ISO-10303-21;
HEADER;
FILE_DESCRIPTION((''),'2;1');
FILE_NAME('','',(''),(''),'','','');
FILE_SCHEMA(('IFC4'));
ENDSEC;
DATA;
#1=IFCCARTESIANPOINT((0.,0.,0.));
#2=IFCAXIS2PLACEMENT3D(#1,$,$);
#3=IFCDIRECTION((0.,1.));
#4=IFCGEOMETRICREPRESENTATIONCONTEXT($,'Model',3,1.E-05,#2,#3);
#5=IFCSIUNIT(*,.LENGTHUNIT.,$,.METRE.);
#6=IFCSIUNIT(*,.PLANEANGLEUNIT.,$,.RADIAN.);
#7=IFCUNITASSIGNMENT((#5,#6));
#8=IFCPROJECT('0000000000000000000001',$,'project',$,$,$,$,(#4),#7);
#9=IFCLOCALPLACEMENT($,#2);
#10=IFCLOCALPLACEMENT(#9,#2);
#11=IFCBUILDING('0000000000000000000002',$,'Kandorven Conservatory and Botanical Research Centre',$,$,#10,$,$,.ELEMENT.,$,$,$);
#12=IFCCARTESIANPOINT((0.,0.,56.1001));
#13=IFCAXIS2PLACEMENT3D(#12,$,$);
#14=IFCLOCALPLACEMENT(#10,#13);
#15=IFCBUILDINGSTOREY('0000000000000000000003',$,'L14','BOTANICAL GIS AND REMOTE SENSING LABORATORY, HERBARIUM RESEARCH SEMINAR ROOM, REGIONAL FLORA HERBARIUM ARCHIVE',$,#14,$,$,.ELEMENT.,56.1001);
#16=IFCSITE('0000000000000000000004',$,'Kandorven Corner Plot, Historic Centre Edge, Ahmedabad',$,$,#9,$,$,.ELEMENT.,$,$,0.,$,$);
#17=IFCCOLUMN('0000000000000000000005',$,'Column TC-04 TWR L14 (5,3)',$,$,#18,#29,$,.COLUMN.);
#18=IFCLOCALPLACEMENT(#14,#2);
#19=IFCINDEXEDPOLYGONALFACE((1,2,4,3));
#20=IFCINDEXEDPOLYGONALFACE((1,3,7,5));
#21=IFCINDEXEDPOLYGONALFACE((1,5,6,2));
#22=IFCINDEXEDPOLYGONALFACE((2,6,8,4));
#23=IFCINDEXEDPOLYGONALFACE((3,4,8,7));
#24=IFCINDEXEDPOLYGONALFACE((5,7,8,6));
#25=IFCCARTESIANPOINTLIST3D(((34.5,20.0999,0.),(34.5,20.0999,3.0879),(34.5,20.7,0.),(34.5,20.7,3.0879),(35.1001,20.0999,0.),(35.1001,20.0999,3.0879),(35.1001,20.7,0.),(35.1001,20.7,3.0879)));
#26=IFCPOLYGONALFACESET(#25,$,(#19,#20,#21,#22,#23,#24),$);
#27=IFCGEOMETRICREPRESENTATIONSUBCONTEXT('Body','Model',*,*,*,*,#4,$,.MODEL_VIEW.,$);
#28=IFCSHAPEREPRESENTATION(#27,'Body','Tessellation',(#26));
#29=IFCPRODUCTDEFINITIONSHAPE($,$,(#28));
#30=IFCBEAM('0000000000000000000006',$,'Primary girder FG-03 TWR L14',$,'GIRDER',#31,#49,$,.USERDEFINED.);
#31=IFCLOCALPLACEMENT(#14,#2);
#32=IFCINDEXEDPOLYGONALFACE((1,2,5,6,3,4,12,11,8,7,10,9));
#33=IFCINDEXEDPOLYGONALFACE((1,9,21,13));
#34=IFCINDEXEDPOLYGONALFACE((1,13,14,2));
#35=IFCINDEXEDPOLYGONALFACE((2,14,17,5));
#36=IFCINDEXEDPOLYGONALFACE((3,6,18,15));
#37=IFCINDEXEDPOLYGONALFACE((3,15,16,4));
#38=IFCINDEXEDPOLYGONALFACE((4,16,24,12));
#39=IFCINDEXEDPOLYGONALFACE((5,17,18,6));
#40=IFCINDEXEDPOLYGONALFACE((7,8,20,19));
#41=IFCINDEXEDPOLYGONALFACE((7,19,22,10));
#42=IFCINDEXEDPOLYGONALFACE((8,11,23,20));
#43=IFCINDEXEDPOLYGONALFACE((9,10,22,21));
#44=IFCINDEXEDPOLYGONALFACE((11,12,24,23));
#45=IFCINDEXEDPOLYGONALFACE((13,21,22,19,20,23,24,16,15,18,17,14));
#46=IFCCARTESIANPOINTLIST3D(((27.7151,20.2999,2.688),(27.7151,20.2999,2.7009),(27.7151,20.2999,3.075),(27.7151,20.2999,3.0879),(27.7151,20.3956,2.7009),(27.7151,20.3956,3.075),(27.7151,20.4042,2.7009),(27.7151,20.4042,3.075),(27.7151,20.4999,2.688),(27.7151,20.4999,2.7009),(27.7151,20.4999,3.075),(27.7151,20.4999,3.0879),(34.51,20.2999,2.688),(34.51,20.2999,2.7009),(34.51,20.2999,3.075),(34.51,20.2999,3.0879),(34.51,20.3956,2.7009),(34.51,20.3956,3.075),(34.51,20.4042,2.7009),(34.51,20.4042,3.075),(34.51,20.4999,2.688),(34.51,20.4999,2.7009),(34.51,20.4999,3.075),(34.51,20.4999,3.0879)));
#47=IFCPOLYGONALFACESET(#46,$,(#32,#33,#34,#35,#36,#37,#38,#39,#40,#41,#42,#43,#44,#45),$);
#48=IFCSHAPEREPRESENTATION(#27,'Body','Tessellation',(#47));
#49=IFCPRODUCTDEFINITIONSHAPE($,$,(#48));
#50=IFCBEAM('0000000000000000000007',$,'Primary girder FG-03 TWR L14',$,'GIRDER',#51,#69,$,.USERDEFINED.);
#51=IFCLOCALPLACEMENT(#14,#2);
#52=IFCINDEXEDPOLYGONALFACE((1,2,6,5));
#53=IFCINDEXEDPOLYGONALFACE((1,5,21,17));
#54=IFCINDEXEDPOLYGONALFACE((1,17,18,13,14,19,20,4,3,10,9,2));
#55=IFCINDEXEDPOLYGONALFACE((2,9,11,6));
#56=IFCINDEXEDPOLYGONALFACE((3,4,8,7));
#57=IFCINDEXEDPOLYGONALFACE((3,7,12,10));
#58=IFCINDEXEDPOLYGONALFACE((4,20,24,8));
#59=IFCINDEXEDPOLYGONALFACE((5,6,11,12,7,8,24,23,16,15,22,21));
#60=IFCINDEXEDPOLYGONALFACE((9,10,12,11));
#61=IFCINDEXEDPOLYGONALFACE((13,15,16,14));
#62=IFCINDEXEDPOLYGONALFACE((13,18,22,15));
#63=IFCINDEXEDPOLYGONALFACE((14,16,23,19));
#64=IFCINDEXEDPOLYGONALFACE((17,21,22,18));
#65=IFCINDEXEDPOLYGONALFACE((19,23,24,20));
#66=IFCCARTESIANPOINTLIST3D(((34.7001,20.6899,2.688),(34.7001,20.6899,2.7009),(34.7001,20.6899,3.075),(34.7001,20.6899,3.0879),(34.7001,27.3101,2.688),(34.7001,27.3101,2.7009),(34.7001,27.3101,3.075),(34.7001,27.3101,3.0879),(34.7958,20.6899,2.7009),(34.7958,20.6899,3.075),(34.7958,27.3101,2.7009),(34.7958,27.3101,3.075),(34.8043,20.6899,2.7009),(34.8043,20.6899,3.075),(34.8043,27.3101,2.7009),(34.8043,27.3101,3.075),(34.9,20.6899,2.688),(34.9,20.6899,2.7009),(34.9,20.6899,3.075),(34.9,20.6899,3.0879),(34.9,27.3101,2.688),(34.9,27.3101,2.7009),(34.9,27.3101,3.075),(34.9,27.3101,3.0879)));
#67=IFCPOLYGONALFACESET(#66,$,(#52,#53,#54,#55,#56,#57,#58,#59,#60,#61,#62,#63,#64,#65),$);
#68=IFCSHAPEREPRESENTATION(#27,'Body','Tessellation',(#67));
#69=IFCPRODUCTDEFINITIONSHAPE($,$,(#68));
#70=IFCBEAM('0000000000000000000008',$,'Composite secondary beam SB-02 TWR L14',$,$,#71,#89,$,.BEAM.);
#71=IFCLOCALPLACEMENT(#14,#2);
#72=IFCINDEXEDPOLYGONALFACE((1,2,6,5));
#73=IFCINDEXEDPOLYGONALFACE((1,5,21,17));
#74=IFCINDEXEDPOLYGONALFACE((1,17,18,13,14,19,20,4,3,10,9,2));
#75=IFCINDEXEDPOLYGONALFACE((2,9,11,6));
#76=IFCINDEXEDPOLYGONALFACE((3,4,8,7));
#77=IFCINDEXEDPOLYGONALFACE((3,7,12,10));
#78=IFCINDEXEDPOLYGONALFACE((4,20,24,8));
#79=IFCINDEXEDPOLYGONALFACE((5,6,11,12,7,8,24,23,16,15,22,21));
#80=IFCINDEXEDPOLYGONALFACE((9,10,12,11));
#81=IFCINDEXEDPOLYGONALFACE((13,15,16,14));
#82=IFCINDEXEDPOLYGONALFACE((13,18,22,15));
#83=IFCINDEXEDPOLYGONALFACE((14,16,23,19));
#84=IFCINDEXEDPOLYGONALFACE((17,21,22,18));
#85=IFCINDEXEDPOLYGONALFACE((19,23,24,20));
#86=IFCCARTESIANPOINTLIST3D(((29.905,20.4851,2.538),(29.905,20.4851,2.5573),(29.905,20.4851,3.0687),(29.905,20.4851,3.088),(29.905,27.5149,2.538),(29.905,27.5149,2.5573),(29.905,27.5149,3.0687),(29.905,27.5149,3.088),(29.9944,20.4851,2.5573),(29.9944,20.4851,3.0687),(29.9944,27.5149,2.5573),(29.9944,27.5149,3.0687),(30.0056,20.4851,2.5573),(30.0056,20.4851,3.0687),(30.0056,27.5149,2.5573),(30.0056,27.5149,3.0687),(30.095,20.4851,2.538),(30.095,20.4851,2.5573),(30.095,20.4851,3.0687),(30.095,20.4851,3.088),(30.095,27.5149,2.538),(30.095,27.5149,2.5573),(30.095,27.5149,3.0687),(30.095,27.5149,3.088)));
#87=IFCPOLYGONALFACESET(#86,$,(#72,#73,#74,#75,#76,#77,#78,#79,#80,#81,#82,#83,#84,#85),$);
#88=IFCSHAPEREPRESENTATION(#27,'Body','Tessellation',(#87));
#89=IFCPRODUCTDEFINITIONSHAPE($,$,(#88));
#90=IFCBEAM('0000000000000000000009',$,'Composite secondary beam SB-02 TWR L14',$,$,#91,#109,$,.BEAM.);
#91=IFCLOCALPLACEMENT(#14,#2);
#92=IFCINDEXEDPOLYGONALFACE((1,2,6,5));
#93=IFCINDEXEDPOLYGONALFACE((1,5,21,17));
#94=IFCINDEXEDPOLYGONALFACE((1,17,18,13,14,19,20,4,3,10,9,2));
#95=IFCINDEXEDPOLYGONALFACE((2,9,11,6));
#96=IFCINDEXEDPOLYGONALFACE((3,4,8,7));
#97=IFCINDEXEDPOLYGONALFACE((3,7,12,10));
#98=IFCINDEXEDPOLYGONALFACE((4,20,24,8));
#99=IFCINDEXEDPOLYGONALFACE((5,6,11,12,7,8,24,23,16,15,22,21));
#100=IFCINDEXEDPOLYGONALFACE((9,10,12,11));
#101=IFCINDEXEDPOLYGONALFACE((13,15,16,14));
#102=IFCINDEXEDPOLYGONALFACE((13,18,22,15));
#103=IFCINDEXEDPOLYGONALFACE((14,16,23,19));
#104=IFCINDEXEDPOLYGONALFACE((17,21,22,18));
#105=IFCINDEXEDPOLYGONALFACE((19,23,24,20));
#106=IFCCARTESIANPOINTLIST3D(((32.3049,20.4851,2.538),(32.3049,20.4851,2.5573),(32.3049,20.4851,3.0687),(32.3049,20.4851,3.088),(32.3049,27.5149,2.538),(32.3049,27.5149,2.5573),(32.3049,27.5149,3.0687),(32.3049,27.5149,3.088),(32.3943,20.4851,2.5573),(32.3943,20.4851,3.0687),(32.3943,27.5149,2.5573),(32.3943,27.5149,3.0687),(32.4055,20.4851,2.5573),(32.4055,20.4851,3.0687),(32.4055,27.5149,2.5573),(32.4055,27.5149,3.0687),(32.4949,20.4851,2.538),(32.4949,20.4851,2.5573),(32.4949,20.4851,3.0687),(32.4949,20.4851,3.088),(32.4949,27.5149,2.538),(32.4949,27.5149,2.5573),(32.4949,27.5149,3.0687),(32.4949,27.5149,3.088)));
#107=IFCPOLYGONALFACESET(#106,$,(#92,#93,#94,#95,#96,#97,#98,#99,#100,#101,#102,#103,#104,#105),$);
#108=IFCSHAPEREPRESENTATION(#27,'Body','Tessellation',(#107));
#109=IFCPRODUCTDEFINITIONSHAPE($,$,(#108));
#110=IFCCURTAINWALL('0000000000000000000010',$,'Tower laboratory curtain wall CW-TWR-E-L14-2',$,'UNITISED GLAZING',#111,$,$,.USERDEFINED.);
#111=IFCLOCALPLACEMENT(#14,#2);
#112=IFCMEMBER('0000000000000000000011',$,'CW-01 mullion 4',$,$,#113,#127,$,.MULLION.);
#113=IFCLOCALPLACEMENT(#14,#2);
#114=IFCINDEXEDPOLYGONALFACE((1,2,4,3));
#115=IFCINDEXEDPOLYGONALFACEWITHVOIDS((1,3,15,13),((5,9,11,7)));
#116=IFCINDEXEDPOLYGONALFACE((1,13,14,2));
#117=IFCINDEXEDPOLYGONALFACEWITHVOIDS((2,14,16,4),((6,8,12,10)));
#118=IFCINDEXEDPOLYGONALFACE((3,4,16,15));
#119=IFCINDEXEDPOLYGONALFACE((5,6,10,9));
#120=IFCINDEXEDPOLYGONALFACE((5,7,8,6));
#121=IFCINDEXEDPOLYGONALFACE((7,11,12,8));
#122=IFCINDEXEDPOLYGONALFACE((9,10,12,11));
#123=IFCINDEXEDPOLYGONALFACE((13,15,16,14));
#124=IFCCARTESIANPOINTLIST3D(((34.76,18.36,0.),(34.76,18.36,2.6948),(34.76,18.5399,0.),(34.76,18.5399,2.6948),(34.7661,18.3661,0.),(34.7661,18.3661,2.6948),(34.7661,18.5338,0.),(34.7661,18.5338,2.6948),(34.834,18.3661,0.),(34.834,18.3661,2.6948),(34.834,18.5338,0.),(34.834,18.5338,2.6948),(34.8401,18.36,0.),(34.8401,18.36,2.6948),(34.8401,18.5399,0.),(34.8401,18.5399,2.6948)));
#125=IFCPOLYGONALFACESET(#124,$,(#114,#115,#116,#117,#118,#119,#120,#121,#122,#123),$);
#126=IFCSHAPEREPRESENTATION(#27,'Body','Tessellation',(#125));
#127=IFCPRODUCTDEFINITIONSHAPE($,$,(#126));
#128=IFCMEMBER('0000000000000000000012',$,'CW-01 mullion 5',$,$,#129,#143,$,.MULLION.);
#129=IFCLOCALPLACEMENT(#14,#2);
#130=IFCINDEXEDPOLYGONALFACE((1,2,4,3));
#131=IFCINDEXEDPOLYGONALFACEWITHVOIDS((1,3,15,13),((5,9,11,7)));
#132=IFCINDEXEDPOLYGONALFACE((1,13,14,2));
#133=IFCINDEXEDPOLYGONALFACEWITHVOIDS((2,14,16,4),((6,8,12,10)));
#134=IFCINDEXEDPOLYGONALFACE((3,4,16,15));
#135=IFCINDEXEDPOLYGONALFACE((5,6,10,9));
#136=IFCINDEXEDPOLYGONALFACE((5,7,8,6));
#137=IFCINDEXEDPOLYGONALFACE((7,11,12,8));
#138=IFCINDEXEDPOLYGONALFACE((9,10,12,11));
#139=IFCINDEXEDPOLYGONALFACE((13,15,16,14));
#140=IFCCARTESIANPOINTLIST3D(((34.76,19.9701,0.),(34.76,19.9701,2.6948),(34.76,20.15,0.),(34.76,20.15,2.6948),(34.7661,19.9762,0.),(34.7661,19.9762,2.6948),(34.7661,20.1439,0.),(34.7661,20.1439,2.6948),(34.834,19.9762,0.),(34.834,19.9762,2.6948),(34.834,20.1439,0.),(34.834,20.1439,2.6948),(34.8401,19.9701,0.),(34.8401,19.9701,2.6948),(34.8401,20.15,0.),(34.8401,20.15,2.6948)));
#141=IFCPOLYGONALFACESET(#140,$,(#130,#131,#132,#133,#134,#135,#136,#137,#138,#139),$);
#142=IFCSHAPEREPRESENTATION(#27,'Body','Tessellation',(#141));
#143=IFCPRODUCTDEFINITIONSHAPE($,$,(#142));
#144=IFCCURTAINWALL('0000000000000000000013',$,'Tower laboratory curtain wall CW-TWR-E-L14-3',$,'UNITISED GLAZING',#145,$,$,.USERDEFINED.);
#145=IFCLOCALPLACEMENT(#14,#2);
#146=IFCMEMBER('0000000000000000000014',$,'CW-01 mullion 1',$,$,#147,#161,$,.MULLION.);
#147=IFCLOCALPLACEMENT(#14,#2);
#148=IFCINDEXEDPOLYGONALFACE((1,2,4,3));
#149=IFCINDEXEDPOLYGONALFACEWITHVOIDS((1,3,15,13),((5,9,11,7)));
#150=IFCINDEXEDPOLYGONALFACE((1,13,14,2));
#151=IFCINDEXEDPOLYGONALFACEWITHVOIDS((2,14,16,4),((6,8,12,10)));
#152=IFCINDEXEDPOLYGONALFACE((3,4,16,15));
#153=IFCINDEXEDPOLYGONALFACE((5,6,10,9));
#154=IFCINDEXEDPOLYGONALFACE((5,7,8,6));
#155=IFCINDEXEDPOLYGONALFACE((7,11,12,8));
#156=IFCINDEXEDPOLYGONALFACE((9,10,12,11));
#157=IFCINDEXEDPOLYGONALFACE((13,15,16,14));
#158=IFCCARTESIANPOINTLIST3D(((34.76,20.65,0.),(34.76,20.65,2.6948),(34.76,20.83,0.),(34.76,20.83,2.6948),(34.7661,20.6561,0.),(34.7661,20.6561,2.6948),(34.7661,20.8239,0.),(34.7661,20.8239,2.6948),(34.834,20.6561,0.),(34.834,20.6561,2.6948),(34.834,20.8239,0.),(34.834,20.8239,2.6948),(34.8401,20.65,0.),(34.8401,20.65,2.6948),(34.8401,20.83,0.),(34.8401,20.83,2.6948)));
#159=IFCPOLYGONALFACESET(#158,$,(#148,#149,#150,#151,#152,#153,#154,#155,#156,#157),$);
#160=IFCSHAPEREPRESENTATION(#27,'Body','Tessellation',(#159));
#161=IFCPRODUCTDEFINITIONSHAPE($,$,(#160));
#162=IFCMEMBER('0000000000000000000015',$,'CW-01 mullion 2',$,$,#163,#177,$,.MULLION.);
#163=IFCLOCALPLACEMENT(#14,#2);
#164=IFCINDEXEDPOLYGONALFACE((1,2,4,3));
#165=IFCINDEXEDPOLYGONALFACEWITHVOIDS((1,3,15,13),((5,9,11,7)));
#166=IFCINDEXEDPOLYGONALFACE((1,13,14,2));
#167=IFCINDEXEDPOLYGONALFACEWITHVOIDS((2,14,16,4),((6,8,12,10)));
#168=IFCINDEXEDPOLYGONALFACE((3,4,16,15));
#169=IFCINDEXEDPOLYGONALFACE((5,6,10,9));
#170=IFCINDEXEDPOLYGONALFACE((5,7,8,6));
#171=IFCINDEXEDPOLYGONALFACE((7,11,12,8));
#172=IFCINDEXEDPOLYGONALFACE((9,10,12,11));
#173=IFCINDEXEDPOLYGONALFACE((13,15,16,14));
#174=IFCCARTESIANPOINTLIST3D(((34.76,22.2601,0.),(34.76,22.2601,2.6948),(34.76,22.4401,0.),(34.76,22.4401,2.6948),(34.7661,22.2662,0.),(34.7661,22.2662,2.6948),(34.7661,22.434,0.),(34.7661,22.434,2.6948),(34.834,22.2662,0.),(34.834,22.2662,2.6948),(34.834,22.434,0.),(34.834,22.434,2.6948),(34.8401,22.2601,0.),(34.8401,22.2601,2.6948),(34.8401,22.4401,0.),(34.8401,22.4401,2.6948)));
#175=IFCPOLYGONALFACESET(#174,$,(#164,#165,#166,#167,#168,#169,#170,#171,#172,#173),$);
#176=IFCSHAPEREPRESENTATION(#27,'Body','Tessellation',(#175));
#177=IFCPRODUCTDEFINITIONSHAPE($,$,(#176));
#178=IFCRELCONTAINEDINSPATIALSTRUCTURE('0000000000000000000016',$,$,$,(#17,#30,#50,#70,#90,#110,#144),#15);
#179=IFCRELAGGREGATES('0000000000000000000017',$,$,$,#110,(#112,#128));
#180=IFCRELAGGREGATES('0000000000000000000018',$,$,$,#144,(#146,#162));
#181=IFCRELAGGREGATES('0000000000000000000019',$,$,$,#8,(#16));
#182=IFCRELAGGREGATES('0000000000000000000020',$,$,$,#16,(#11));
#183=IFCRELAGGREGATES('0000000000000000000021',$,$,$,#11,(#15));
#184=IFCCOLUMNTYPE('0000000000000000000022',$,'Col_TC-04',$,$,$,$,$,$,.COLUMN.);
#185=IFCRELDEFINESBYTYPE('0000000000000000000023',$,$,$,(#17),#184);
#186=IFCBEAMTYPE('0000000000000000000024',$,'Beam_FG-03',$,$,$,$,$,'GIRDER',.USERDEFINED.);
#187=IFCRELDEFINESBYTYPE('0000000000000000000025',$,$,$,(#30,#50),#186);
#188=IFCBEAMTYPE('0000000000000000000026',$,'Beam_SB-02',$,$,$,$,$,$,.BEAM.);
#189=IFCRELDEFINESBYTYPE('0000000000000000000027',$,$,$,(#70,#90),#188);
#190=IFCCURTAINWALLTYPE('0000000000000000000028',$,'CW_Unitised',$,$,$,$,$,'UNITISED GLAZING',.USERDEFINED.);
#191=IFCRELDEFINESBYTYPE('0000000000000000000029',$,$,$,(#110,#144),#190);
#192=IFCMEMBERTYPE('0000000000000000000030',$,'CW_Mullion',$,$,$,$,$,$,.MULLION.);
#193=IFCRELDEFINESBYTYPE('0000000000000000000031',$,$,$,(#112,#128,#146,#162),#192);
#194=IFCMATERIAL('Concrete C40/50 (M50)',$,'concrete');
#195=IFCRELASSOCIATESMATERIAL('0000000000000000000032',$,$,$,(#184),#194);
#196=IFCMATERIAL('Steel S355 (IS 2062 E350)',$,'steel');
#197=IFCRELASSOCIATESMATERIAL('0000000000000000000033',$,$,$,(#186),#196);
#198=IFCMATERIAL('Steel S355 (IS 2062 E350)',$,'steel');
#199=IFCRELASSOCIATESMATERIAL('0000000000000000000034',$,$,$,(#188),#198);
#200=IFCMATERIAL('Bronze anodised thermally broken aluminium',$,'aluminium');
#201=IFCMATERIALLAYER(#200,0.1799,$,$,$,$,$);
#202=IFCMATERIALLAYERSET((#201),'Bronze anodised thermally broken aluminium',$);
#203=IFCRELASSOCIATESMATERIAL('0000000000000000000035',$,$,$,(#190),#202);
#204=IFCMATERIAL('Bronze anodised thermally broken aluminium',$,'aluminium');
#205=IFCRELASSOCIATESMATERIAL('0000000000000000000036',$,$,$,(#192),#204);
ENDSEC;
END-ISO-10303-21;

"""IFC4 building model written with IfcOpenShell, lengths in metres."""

from ifc_helpers import new_model, si_unit, direction, frame, origin, origin_2d, place, context, subcontext, project, spatial, rectangle, hollow_rectangle, i_section, extrude, material, layer, layer_set, material_profile, profile_set, type_object, element, aggregate, save


model = new_model("IFC4")

# Units and contexts
model_context = context("Model", 3, precision=1e-05, world=origin(), true_north=direction((0.0, 1.0)))
body_context = subcontext(model_context, "Body", "Model", "MODEL_VIEW")
ifc_project = project(units=[si_unit("LENGTHUNIT", "METRE"), si_unit("PLANEANGLEUNIT", "RADIAN")], contexts=[model_context])

# Site, building, storey
site_placement = place(None, origin())
site = spatial("IfcSite", under=ifc_project, at=site_placement, Name="Kandorven Corner Plot, Historic Centre Edge, Ahmedabad", CompositionType="ELEMENT", RefElevation=0.0)
building_placement = place(site_placement, origin())
building = spatial("IfcBuilding", under=site, at=building_placement, Name="Kandorven Conservatory and Botanical Research Centre", CompositionType="ELEMENT")
storey_placement = place(building_placement, frame((0.0, 0.0, 56.1001)))
storey = spatial("IfcBuildingStorey", under=building, at=storey_placement, Name="L14", Description="BOTANICAL GIS AND REMOTE SENSING LABORATORY, HERBARIUM RESEARCH SEMINAR ROOM, REGIONAL FLORA HERBARIUM ARCHIVE", CompositionType="ELEMENT", Elevation=56.1001)

# Column
ifc_material_1 = material(Name="Concrete C40/50 (M50)", Category="concrete")
ifc_material_profile_1 = material_profile(ifc_material_1, rectangle(XDim=0.6001, YDim=0.6001, at=origin_2d()))
ifc_profile_set_1 = profile_set([ifc_material_profile_1], Name="Concrete C40/50 (M50)")
column_type = type_object("IfcColumnType", Name="Col_TC-04", PredefinedType="COLUMN", material=ifc_profile_set_1)
column_placement = place(storey_placement, frame((34.8, 20.3999, 0.0), z_axis=(0.0, 0.0, 1.0), x_axis=(1.0, 0.0, 0.0)))
element("IfcColumn", 1, at=column_placement, inside=storey, type_object=column_type, Name="Column TC-04 TWR L14 (5,3)", PredefinedType="COLUMN", context=body_context, shape_type="SweptSolid", body=[
    extrude(rectangle(XDim=0.6001, YDim=0.6001, at=origin_2d()), origin(), (0.0, 0.0, 1.0), 3.0879),
])

# Beams
ifc_material_2 = material(Name="Steel S355 (IS 2062 E350)", Category="steel")
ifc_material_profile_2 = material_profile(ifc_material_2, i_section(OverallWidth=0.2, OverallDepth=0.3999, WebThickness=0.0085, FlangeThickness=0.0129, at=origin_2d()))
ifc_profile_set_2 = profile_set([ifc_material_profile_2], Name="Steel S355 (IS 2062 E350)")
beam_type_1 = type_object("IfcBeamType", Name="Beam_FG-03", ElementType="GIRDER", PredefinedType="USERDEFINED", material=ifc_profile_set_2)
beam_1_placement = place(storey_placement, frame((27.7151, 20.3999, 2.8879), z_axis=(1.0, 0.0, 0.0), x_axis=(0.0, 1.0, 0.0)))
element("IfcBeam", 2, at=beam_1_placement, inside=storey, type_object=beam_type_1, Name="Primary girder FG-03 TWR L14", ObjectType="GIRDER", PredefinedType="USERDEFINED", context=body_context, shape_type="SweptSolid", body=[
    extrude(i_section(OverallWidth=0.2, OverallDepth=0.3999, WebThickness=0.0085, FlangeThickness=0.0129, at=origin_2d()), origin(), (0.0, 0.0, 1.0), 6.7949),
])
beam_2_placement = place(storey_placement, frame((34.8, 20.6899, 2.8879), z_axis=(0.0, 1.0, 0.0), x_axis=(-1.0, 0.0, 0.0)))
element("IfcBeam", 3, at=beam_2_placement, inside=storey, type_object=beam_type_1, Name="Primary girder FG-03 TWR L14", ObjectType="GIRDER", PredefinedType="USERDEFINED", context=body_context, shape_type="SweptSolid", body=[
    extrude(i_section(OverallWidth=0.2, OverallDepth=0.3999, WebThickness=0.0085, FlangeThickness=0.0129, at=origin_2d()), origin(), (0.0, 0.0, 1.0), 6.6201),
])
ifc_material_3 = material(Name="Steel S355 (IS 2062 E350)", Category="steel")
ifc_material_profile_3 = material_profile(ifc_material_3, i_section(OverallWidth=0.1899, OverallDepth=0.55, WebThickness=0.0112, FlangeThickness=0.0193, at=origin_2d()))
ifc_profile_set_3 = profile_set([ifc_material_profile_3], Name="Steel S355 (IS 2062 E350)")
beam_type_2 = type_object("IfcBeamType", Name="Beam_SB-02", PredefinedType="BEAM", material=ifc_profile_set_3)
for number, where, z_axis, x_axis, name in (
    (4, (30.0, 20.4851, 2.813), (0.0, 1.0, 0.0), (-1.0, 0.0, 0.0), "Composite secondary beam SB-02 TWR L14"),
    (5, (32.3999, 20.4851, 2.813), (0.0, 1.0, 0.0), (-1.0, 0.0, 0.0), "Composite secondary beam SB-02 TWR L14"),
):
    element("IfcBeam", number, at=place(storey_placement, frame(where, z_axis=z_axis, x_axis=x_axis)), inside=storey, type_object=beam_type_2, Name=name, PredefinedType="BEAM", context=body_context, shape_type="SweptSolid", body=[
        extrude(i_section(OverallWidth=0.1899, OverallDepth=0.55, WebThickness=0.0112, FlangeThickness=0.0193, at=origin_2d()), origin(), (0.0, 0.0, 1.0), 7.0298),
    ])

# Curtain walls, members
ifc_material_4 = material(Name="Bronze anodised thermally broken aluminium", Category="aluminium")
ifc_layer_1 = layer(ifc_material_4, 0.1799)
ifc_layer_set_1 = layer_set([ifc_layer_1], Name="Bronze anodised thermally broken aluminium")
curtain_wall_type = type_object("IfcCurtainWallType", Name="CW_Unitised", ElementType="UNITISED GLAZING", PredefinedType="USERDEFINED", material=ifc_layer_set_1)
curtain_wall_1_placement = place(storey_placement, origin())
curtain_wall_1 = element("IfcCurtainWall", 6, at=curtain_wall_1_placement, inside=storey, type_object=curtain_wall_type, Name="Tower laboratory curtain wall CW-TWR-E-L14-2", ObjectType="UNITISED GLAZING", PredefinedType="USERDEFINED")
ifc_material_5 = material(Name="Bronze anodised thermally broken aluminium", Category="aluminium")
ifc_material_profile_4 = material_profile(ifc_material_5, hollow_rectangle(XDim=0.0801, YDim=0.1799, WallThickness=0.0061, at=origin_2d()))
ifc_profile_set_4 = profile_set([ifc_material_profile_4], Name="Bronze anodised thermally broken aluminium")
member_type_1 = type_object("IfcMemberType", Name="CW_Mullion", PredefinedType="MULLION", material=ifc_profile_set_4)
member_1_placement = place(storey_placement, frame((34.8, 18.45, 0.0), z_axis=(0.0, 0.0, 1.0), x_axis=(-1.0, 0.0, 0.0)))
member_1 = element("IfcMember", 7, at=member_1_placement, type_object=member_type_1, Name="CW-01 mullion 4", PredefinedType="MULLION", context=body_context, shape_type="SweptSolid", body=[
    extrude(hollow_rectangle(XDim=0.0801, YDim=0.1799, WallThickness=0.0061, at=origin_2d()), origin(), (0.0, 0.0, 1.0), 2.6948),
])
member_2_placement = place(storey_placement, frame((34.8, 20.0601, 0.0), z_axis=(0.0, 0.0, 1.0), x_axis=(-1.0, 0.0, 0.0)))
member_2 = element("IfcMember", 8, at=member_2_placement, type_object=member_type_1, Name="CW-01 mullion 5", PredefinedType="MULLION", context=body_context, shape_type="SweptSolid", body=[
    extrude(hollow_rectangle(XDim=0.0801, YDim=0.1799, WallThickness=0.0061, at=origin_2d()), origin(), (0.0, 0.0, 1.0), 2.6948),
])
curtain_wall_2_placement = place(storey_placement, origin())
curtain_wall_2 = element("IfcCurtainWall", 9, at=curtain_wall_2_placement, inside=storey, type_object=curtain_wall_type, Name="Tower laboratory curtain wall CW-TWR-E-L14-3", ObjectType="UNITISED GLAZING", PredefinedType="USERDEFINED")
member_3_placement = place(storey_placement, frame((34.8, 20.74, 0.0), z_axis=(0.0, 0.0, 1.0), x_axis=(-1.0, 0.0, 0.0)))
member_3 = element("IfcMember", 10, at=member_3_placement, type_object=member_type_1, Name="CW-01 mullion 1", PredefinedType="MULLION", context=body_context, shape_type="SweptSolid", body=[
    extrude(hollow_rectangle(XDim=0.0801, YDim=0.1799, WallThickness=0.0061, at=origin_2d()), origin(), (0.0, 0.0, 1.0), 2.6948),
])
member_4_placement = place(storey_placement, frame((34.8, 22.3501, 0.0), z_axis=(0.0, 0.0, 1.0), x_axis=(-1.0, 0.0, 0.0)))
member_4 = element("IfcMember", 11, at=member_4_placement, type_object=member_type_1, Name="CW-01 mullion 2", PredefinedType="MULLION", context=body_context, shape_type="SweptSolid", body=[
    extrude(hollow_rectangle(XDim=0.0801, YDim=0.1799, WallThickness=0.0061, at=origin_2d()), origin(), (0.0, 0.0, 1.0), 2.6948),
])

aggregate(curtain_wall_1, [member_1, member_2])
aggregate(curtain_wall_2, [member_3, member_4])

save(model, "model.ifc")
